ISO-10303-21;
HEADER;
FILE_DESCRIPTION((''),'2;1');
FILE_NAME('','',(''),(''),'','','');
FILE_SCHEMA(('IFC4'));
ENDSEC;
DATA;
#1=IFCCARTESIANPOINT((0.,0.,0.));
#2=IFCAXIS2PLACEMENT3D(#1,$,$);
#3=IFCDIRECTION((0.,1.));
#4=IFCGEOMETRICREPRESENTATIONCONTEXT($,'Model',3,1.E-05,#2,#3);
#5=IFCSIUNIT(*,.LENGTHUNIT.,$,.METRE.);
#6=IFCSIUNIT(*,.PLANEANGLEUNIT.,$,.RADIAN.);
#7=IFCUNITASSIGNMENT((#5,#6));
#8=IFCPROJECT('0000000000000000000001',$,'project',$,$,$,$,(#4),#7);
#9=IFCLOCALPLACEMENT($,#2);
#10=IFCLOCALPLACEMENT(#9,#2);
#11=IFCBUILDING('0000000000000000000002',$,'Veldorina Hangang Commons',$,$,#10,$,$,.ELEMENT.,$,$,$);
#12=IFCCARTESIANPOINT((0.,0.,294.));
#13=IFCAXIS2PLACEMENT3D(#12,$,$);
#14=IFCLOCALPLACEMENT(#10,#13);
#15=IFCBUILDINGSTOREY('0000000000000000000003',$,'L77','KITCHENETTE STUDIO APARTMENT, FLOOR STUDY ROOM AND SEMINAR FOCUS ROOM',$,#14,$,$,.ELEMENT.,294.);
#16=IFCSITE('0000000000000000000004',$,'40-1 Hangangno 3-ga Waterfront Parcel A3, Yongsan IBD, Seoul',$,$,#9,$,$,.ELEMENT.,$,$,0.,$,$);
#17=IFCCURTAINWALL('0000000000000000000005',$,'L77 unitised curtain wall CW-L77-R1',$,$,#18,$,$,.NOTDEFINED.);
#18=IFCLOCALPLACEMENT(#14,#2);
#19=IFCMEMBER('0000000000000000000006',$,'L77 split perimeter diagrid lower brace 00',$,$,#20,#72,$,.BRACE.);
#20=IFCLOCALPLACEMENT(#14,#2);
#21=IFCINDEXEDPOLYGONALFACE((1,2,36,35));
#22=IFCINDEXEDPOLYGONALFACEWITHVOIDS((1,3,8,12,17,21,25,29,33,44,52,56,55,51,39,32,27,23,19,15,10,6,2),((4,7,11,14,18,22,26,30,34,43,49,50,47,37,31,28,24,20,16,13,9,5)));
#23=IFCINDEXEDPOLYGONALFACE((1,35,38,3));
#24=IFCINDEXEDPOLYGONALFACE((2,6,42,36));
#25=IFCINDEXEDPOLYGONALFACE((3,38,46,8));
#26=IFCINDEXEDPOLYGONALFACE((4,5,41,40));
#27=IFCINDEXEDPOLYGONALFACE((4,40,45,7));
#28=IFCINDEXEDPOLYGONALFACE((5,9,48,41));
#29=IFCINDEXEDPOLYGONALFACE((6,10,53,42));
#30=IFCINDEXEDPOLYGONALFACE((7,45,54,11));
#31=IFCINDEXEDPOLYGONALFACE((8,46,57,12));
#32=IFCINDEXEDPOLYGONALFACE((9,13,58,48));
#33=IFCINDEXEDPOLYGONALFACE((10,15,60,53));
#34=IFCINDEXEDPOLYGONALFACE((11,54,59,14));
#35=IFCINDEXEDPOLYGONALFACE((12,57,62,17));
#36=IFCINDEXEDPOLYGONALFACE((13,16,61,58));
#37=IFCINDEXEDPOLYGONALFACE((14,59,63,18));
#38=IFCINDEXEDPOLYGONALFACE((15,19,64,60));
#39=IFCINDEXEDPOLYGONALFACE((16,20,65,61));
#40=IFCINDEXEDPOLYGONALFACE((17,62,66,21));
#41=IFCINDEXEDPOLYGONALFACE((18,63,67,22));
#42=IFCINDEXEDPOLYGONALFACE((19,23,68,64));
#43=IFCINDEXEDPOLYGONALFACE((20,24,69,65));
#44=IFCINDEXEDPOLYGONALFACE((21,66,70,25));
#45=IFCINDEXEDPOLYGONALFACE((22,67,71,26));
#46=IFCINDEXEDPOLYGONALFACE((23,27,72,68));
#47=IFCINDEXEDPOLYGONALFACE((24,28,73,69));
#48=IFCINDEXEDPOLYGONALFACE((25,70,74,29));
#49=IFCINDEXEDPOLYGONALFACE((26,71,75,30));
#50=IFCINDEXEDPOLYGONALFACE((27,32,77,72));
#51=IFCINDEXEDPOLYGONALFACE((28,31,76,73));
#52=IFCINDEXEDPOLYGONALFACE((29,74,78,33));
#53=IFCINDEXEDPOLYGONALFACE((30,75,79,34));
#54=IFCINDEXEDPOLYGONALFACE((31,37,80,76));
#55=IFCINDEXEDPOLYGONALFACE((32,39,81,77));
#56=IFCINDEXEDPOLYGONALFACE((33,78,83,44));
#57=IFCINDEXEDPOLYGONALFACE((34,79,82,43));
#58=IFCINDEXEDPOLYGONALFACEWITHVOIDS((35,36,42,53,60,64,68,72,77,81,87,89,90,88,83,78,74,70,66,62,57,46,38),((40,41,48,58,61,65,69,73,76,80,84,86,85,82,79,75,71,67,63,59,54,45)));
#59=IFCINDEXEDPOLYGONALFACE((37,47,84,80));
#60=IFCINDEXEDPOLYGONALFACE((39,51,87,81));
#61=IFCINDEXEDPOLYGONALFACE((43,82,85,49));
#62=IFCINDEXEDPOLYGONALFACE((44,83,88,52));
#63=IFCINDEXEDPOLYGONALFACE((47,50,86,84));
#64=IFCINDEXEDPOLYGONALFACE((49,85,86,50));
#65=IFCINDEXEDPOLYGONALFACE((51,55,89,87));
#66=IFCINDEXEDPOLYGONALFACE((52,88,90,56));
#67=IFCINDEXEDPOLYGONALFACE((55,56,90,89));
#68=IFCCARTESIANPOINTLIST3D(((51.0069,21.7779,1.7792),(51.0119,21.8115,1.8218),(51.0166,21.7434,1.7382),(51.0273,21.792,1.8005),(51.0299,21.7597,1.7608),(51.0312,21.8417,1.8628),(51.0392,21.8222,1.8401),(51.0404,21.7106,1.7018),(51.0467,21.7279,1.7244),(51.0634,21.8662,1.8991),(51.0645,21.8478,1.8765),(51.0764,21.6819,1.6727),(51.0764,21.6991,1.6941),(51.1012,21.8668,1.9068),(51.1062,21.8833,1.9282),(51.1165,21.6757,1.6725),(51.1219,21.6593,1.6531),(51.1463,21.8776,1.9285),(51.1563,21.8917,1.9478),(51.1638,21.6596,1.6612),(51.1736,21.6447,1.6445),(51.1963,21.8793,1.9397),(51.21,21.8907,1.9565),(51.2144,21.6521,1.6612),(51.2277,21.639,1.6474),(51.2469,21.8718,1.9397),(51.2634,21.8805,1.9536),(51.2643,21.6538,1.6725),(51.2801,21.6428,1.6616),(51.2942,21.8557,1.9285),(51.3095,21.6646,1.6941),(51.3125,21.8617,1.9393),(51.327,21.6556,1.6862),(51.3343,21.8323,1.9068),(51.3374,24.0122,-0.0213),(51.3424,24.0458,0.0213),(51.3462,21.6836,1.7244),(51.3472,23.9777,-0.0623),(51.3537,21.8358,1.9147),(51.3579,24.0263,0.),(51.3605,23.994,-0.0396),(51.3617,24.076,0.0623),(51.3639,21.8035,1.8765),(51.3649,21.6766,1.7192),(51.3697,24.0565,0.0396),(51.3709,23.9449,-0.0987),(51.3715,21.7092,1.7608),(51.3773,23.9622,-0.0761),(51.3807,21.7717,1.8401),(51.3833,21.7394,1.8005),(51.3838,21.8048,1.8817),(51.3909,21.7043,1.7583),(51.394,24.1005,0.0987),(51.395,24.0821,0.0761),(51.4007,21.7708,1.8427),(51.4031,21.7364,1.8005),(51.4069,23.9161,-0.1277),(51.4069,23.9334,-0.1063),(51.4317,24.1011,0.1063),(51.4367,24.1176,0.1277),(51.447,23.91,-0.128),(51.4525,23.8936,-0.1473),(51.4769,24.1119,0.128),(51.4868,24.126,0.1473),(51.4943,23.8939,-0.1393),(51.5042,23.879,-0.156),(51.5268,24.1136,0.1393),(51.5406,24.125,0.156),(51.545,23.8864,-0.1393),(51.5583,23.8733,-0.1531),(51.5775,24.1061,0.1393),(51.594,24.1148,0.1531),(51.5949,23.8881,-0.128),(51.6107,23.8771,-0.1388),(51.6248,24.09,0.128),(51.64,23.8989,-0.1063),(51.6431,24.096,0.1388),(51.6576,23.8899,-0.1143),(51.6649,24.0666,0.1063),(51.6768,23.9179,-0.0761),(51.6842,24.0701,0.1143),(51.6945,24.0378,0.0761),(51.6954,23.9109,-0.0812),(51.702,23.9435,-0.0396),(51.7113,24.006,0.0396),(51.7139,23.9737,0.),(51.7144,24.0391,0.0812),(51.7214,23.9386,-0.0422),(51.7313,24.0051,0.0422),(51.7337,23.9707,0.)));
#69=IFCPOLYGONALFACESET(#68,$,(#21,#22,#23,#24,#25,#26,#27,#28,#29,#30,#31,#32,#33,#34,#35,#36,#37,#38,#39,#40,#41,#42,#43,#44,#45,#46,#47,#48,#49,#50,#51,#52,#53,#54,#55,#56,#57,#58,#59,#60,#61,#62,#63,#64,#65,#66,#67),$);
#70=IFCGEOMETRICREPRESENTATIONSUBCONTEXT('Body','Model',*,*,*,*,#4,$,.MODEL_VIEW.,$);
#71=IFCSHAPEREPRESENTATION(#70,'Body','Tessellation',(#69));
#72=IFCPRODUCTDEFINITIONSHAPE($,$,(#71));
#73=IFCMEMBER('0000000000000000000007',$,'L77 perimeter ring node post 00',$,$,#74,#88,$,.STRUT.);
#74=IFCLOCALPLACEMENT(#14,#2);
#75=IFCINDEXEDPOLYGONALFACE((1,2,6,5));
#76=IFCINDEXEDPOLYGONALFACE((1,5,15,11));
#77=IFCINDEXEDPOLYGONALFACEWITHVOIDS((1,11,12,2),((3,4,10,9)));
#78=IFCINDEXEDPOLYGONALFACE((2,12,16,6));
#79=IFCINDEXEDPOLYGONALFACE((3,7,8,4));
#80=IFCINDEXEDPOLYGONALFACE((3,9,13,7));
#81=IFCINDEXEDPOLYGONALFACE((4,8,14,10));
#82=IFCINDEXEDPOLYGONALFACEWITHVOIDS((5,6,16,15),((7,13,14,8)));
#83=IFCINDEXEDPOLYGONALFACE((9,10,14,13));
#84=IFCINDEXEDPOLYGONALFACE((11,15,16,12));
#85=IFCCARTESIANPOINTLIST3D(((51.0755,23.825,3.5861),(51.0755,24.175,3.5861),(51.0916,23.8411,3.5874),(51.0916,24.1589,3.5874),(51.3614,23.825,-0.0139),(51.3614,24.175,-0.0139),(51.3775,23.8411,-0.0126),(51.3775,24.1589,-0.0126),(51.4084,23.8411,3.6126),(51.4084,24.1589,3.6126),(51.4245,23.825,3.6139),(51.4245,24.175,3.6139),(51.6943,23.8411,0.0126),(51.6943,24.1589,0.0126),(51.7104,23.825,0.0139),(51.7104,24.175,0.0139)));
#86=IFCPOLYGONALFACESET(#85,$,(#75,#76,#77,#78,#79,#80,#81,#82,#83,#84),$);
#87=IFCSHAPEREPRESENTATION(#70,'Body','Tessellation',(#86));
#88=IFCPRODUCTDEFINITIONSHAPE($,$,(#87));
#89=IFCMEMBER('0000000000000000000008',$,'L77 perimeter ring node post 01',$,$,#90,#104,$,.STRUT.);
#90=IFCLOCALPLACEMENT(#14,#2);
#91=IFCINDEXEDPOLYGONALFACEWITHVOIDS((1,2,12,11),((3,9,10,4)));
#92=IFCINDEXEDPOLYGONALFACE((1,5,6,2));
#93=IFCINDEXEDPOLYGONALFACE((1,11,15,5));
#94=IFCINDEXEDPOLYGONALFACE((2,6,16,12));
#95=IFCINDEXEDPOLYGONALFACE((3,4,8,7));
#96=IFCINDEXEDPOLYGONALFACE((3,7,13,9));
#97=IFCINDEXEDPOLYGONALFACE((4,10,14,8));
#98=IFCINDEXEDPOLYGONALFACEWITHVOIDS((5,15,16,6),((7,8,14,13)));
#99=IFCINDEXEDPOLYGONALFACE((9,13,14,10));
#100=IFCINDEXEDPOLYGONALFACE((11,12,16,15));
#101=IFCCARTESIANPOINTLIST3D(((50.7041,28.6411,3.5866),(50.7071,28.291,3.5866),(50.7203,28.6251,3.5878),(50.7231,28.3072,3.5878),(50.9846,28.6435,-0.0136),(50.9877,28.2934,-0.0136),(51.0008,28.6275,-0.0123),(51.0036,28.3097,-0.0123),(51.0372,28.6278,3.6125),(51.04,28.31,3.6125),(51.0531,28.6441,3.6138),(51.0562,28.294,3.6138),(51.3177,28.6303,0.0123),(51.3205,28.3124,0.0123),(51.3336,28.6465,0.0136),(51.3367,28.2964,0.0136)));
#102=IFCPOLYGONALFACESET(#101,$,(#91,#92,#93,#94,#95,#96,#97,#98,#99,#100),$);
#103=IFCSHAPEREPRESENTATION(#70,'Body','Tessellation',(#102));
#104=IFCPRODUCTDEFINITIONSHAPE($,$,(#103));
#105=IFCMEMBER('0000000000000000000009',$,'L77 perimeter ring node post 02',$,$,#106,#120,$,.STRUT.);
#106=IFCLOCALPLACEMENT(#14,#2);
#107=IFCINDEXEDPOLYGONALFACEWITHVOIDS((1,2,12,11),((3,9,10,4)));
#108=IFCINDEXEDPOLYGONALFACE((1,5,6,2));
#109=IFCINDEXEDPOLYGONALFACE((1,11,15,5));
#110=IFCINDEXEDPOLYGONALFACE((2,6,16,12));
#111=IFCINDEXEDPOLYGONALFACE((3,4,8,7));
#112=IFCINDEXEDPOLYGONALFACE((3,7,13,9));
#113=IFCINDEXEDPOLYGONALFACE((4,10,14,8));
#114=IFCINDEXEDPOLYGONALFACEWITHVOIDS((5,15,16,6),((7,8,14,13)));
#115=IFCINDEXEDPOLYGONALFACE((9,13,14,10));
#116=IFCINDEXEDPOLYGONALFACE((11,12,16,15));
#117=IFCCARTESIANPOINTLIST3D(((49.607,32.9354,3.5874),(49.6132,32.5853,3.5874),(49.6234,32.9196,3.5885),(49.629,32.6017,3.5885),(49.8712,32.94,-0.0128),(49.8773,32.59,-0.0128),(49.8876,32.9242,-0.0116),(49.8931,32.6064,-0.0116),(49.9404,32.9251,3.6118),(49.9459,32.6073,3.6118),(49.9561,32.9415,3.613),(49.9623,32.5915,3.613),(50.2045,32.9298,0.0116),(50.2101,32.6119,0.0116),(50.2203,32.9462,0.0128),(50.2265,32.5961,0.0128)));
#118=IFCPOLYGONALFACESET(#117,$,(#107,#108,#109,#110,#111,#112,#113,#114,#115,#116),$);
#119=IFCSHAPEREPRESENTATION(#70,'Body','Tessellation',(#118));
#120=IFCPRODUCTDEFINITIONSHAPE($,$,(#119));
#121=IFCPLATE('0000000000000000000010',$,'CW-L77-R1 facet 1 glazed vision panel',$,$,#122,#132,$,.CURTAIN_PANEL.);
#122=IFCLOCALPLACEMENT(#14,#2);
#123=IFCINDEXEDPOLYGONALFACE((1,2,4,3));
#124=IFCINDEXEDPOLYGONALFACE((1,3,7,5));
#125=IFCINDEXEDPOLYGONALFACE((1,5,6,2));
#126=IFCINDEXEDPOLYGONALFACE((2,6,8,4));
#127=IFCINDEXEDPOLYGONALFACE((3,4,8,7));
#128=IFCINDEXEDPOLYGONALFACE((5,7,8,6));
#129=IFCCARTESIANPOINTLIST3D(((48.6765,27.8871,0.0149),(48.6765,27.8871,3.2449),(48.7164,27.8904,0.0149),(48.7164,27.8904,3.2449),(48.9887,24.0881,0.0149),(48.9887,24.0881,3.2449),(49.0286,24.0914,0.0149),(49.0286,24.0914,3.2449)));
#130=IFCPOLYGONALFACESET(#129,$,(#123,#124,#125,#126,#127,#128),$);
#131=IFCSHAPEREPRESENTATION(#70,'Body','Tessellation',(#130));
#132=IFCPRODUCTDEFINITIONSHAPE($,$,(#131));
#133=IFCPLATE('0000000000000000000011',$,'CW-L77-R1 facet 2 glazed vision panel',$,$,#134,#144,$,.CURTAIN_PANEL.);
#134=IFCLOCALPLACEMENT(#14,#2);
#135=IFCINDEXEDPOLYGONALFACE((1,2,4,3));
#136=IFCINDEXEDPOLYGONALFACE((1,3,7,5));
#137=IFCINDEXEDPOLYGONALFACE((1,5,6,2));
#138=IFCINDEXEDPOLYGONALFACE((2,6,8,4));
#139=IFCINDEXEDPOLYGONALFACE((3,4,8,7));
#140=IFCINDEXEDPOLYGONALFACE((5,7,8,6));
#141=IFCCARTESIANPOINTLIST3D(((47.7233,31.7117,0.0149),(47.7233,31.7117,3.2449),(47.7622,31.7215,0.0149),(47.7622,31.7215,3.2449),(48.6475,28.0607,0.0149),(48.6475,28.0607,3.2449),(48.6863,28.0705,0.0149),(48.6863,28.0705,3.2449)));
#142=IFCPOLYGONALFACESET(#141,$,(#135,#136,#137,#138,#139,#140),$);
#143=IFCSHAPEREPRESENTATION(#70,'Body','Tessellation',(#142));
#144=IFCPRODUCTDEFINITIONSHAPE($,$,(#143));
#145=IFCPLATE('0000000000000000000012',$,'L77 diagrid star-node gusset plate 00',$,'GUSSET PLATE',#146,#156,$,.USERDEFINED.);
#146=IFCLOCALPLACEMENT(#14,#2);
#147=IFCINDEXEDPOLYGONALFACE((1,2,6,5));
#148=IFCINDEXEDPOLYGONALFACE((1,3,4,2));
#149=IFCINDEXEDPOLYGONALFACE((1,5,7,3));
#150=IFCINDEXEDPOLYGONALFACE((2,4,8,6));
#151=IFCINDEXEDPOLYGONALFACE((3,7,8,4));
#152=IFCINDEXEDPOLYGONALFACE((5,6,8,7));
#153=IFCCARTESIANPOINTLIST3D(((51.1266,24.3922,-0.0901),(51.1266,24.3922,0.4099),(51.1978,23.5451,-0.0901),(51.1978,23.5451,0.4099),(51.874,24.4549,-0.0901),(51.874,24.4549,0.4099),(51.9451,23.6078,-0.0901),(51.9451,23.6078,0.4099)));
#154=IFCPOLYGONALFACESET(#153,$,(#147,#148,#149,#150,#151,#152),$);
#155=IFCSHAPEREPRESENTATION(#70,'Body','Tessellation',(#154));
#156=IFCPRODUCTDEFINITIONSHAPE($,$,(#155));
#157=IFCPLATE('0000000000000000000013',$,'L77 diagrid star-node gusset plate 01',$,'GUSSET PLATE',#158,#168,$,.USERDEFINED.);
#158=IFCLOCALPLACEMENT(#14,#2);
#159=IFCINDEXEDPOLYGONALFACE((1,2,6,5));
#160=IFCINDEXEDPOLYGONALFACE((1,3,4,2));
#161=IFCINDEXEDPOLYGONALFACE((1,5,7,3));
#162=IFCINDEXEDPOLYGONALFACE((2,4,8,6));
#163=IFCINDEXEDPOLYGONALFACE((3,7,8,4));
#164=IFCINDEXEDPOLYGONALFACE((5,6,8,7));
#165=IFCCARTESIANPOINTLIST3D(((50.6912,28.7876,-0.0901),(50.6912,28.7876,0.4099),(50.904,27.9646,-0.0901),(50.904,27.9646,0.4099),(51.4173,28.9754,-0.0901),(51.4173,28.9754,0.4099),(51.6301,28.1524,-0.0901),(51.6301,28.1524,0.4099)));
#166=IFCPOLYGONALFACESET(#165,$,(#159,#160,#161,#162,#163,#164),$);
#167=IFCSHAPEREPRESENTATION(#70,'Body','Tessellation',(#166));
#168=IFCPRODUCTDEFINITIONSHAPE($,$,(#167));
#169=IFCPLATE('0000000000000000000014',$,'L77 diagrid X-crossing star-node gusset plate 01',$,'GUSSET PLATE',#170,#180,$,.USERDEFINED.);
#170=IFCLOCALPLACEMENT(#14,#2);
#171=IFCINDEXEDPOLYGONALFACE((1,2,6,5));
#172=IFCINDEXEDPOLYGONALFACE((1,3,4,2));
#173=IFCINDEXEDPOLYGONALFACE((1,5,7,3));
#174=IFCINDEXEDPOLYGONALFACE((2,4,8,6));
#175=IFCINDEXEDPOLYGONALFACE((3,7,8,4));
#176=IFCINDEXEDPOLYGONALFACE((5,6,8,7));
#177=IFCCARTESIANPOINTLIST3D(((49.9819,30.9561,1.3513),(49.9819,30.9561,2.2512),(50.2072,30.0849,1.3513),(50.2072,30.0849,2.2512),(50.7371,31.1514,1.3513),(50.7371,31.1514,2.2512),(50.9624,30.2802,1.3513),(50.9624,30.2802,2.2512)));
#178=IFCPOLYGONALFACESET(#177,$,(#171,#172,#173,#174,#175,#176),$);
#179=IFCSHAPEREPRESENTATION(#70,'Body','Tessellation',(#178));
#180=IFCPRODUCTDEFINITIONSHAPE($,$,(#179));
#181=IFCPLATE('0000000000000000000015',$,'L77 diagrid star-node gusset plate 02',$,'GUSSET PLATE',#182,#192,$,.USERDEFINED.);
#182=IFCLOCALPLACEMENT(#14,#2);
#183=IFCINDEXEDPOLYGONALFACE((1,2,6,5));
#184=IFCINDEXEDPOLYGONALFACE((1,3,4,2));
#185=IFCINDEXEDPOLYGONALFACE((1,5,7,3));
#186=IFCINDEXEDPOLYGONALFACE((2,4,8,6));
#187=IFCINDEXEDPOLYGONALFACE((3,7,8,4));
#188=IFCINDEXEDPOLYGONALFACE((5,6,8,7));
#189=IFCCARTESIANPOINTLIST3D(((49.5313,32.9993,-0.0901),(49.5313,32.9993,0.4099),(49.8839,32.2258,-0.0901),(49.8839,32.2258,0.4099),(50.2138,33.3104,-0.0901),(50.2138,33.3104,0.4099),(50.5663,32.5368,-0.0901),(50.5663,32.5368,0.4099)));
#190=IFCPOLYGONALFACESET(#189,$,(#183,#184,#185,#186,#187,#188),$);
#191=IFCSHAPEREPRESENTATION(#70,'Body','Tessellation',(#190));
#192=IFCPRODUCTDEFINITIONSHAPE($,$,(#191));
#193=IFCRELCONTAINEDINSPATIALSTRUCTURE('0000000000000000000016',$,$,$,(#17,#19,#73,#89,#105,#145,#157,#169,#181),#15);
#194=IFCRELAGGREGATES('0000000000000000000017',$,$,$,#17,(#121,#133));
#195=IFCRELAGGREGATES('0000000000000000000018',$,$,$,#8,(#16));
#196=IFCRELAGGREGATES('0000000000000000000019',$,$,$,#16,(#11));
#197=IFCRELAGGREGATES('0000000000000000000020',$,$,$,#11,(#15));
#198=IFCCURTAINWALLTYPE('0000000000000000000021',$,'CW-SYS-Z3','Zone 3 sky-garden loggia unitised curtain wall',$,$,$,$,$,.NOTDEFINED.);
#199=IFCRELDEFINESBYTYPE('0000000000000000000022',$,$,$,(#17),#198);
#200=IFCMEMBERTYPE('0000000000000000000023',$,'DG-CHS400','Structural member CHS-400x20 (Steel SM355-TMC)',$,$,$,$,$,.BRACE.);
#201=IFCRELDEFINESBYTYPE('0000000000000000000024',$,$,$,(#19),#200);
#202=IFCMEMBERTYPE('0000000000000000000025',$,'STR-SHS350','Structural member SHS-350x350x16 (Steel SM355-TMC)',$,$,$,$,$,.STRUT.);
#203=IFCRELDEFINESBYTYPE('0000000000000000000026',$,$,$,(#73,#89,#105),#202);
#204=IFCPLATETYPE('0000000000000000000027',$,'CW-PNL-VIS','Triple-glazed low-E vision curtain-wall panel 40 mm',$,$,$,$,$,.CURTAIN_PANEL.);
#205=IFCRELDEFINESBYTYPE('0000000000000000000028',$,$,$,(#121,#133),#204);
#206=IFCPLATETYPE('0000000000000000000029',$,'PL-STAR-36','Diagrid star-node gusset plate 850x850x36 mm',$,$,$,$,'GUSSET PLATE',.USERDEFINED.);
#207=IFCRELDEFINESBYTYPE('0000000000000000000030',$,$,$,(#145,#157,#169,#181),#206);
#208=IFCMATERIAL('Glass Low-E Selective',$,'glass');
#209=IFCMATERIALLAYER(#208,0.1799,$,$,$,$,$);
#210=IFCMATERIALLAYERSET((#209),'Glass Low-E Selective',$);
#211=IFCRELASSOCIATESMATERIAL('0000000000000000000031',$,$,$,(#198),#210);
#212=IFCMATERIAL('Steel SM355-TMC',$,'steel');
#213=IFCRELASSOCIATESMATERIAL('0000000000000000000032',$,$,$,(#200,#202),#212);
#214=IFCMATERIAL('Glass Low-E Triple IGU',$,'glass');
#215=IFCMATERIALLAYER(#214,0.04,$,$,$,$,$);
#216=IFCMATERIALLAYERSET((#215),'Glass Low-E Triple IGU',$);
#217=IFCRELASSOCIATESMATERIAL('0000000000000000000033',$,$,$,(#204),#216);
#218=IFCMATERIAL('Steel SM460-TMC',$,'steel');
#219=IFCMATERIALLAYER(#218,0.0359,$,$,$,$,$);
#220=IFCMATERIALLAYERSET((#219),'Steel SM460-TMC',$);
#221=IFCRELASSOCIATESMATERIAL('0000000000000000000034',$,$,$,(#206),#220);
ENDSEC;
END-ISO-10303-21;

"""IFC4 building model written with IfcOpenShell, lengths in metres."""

from ifc_helpers import new_model, si_unit, direction, frame, origin, origin_2d, place, context, subcontext, project, spatial, rectangle, hollow_rectangle, hollow_circle, extrude, material, layer, layer_set, material_profile, profile_set, type_object, element, aggregate, save


model = new_model("IFC4")

# Units and contexts
model_context = context("Model", 3, precision=1e-05, world=origin(), true_north=direction((0.0, 1.0)))
body_context = subcontext(model_context, "Body", "Model", "MODEL_VIEW")
ifc_project = project(units=[si_unit("LENGTHUNIT", "METRE"), si_unit("PLANEANGLEUNIT", "RADIAN")], contexts=[model_context])

# Site, building, storey
site_placement = place(None, origin())
site = spatial("IfcSite", under=ifc_project, at=site_placement, Name="40-1 Hangangno 3-ga Waterfront Parcel A3, Yongsan IBD, Seoul", CompositionType="ELEMENT", RefElevation=0.0)
building_placement = place(site_placement, origin())
building = spatial("IfcBuilding", under=site, at=building_placement, Name="Veldorina Hangang Commons", CompositionType="ELEMENT")
storey_placement = place(building_placement, frame((0.0, 0.0, 294.0)))
storey = spatial("IfcBuildingStorey", under=building, at=storey_placement, Name="L77", Description="KITCHENETTE STUDIO APARTMENT, FLOOR STUDY ROOM AND SEMINAR FOCUS ROOM", CompositionType="ELEMENT", Elevation=294.0)

# Shared definitions
ifc_material_1 = material(Name="Steel SM460-TMC", Category="steel")
ifc_material_2 = material(Name="Steel SM355-TMC", Category="steel")

# Curtain wall
ifc_material_3 = material(Name="Glass Low-E Selective", Category="glass")
ifc_layer_1 = layer(ifc_material_3, 0.1799)
ifc_layer_set_1 = layer_set([ifc_layer_1], Name="Glass Low-E Selective")
curtain_wall_type = type_object("IfcCurtainWallType", Name="CW-SYS-Z3", Description="Zone 3 sky-garden loggia unitised curtain wall", PredefinedType="NOTDEFINED", material=ifc_layer_set_1)
curtain_wall_placement = place(storey_placement, origin())
curtain_wall = element("IfcCurtainWall", 1, at=curtain_wall_placement, inside=storey, type_object=curtain_wall_type, Name="L77 unitised curtain wall CW-L77-R1", PredefinedType="NOTDEFINED")

# Members
ifc_material_profile_1 = material_profile(ifc_material_2, hollow_circle(Radius=0.2, WallThickness=0.02, at=origin_2d()), Name="CHS-400x20")
ifc_profile_set_1 = profile_set([ifc_material_profile_1], Name="Steel SM355-TMC")
member_type_1 = type_object("IfcMemberType", Name="DG-CHS400", Description="Structural member CHS-400x20 (Steel SM355-TMC)", PredefinedType="BRACE", material=ifc_profile_set_1)
member_1_placement = place(storey_placement, frame((51.5359, 24.0, 0.0), z_axis=(-0.114441, -0.773532, 0.623339), x_axis=(0.989232, -0.146353, 0.0)))
element("IfcMember", 2, at=member_1_placement, inside=storey, type_object=member_type_1, Name="L77 split perimeter diagrid lower brace 00", PredefinedType="BRACE", context=body_context, shape_type="SweptSolid", body=[
    extrude(hollow_circle(Radius=0.2, WallThickness=0.02, at=origin_2d()), origin(), (0.0, 0.0, 1.0), 2.8884),
])
ifc_material_profile_2 = material_profile(ifc_material_2, hollow_rectangle(XDim=0.3501, YDim=0.3501, WallThickness=0.0161, at=origin_2d()), Name="SHS-350x350x16")
ifc_profile_set_2 = profile_set([ifc_material_profile_2], Name="Steel SM355-TMC")
member_type_2 = type_object("IfcMemberType", Name="STR-SHS350", Description="Structural member SHS-350x350x16 (Steel SM355-TMC)", PredefinedType="STRUT", material=ifc_profile_set_2)
member_2_placement = place(storey_placement, frame((51.5359, 24.0, 0.0), z_axis=(-0.079162, 0.0, 0.996862), x_axis=(0.0, -1.0, 0.0)))
element("IfcMember", 3, at=member_2_placement, inside=storey, type_object=member_type_2, Name="L77 perimeter ring node post 00", PredefinedType="STRUT", context=body_context, shape_type="SweptSolid", body=[
    extrude(hollow_rectangle(XDim=0.3501, YDim=0.3501, WallThickness=0.0161, at=origin_2d()), origin(), (0.0, 0.0, 1.0), 3.6113),
])
member_3_placement = place(storey_placement, frame((51.1606, 28.47, 0.0), z_axis=(-0.077684, -0.000676, 0.996978), x_axis=(0.008703, -0.999962, 0.0)))
element("IfcMember", 4, at=member_3_placement, inside=storey, type_object=member_type_2, Name="L77 perimeter ring node post 01", PredefinedType="STRUT", context=body_context, shape_type="SweptSolid", body=[
    extrude(hollow_rectangle(XDim=0.3501, YDim=0.3501, WallThickness=0.0161, at=origin_2d()), origin(), (0.0, 0.0, 1.0), 3.6111),
])
member_4_placement = place(storey_placement, frame((50.0488, 32.7681, 0.0), z_axis=(-0.073179, -0.001285, 0.997318), x_axis=(0.017557, -0.999846, 0.0)))
element("IfcMember", 5, at=member_4_placement, inside=storey, type_object=member_type_2, Name="L77 perimeter ring node post 02", PredefinedType="STRUT", context=body_context, shape_type="SweptSolid", body=[
    extrude(hollow_rectangle(XDim=0.3501, YDim=0.3501, WallThickness=0.0161, at=origin_2d()), origin(), (0.0, 0.0, 1.0), 3.6099),
])

# Plates
ifc_material_4 = material(Name="Glass Low-E Triple IGU", Category="glass")
ifc_layer_2 = layer(ifc_material_4, 0.04)
ifc_layer_set_2 = layer_set([ifc_layer_2], Name="Glass Low-E Triple IGU")
plate_type_1 = type_object("IfcPlateType", Name="CW-PNL-VIS", Description="Triple-glazed low-E vision curtain-wall panel 40 mm", PredefinedType="CURTAIN_PANEL", material=ifc_layer_set_2)
plate_1_placement = place(storey_placement, frame((48.8525, 25.9893, 0.0149), z_axis=(0.0, 0.0, 1.0), x_axis=(-0.081921, 0.996639, 0.0)))
plate_1 = element("IfcPlate", 6, at=plate_1_placement, type_object=plate_type_1, Name="CW-L77-R1 facet 1 glazed vision panel", PredefinedType="CURTAIN_PANEL", context=body_context, shape_type="SweptSolid", body=[
    extrude(rectangle(XDim=3.8118, YDim=0.04, at=origin_2d()), origin(), (0.0, 0.0, 1.0), 3.23),
])
plate_2_placement = place(storey_placement, frame((48.2048, 29.8911, 0.0149), z_axis=(0.0, 0.0, 1.0), x_axis=(-0.245392, 0.969424, 0.0)))
plate_2 = element("IfcPlate", 7, at=plate_2_placement, type_object=plate_type_1, Name="CW-L77-R1 facet 2 glazed vision panel", PredefinedType="CURTAIN_PANEL", context=body_context, shape_type="SweptSolid", body=[
    extrude(rectangle(XDim=3.7661, YDim=0.04, at=origin_2d()), origin(), (0.0, 0.0, 1.0), 3.23),
])
aggregate(curtain_wall, [plate_1, plate_2])

# Plates
ifc_layer_3 = layer(ifc_material_1, 0.0359)
ifc_layer_set_3 = layer_set([ifc_layer_3], Name="Steel SM460-TMC")
plate_type_2 = type_object("IfcPlateType", Name="PL-STAR-36", Description="Diagrid star-node gusset plate 850x850x36 mm", ElementType="GUSSET PLATE", PredefinedType="USERDEFINED", material=ifc_layer_set_3)
for number, where, z_axis, x_axis, name in (
    (8, (51.5359, 24.0, -0.0901), (0.0, 0.0, 1.0), (-0.083695, 0.996491, 0.0), "L77 diagrid star-node gusset plate 00"),
    (9, (51.1606, 28.47, -0.0901), (0.0, 0.0, 1.0), (-0.250397, 0.968143, 0.0), "L77 diagrid star-node gusset plate 01"),
):
    element("IfcPlate", number, at=place(storey_placement, frame(where, z_axis=z_axis, x_axis=x_axis)), inside=storey, type_object=plate_type_2, Name=name, ObjectType="GUSSET PLATE", PredefinedType="USERDEFINED", context=body_context, shape_type="SweptSolid", body=[
        extrude(rectangle(XDim=0.8501, YDim=0.75, at=origin_2d()), origin(), (0.0, 0.0, 1.0), 0.5),
    ])
plate_3_placement = place(storey_placement, frame((50.4722, 30.6182, 1.3513), z_axis=(0.0, 0.0, 1.0), x_axis=(-0.250397, 0.968143, 0.0)))
element("IfcPlate", 10, at=plate_3_placement, inside=storey, type_object=plate_type_2, Name="L77 diagrid X-crossing star-node gusset plate 01", ObjectType="GUSSET PLATE", PredefinedType="USERDEFINED", context=body_context, shape_type="SweptSolid", body=[
    extrude(rectangle(XDim=0.8999, YDim=0.78, at=origin_2d()), origin(), (0.0, 0.0, 1.0), 0.8999),
])
plate_4_placement = place(storey_placement, frame((50.0488, 32.7681, -0.0901), z_axis=(0.0, 0.0, 1.0), x_axis=(-0.414709, 0.909954, 0.0)))
element("IfcPlate", 11, at=plate_4_placement, inside=storey, type_object=plate_type_2, Name="L77 diagrid star-node gusset plate 02", ObjectType="GUSSET PLATE", PredefinedType="USERDEFINED", context=body_context, shape_type="SweptSolid", body=[
    extrude(rectangle(XDim=0.8501, YDim=0.75, at=origin_2d()), origin(), (0.0, 0.0, 1.0), 0.5),
])

save(model, "model.ifc")
